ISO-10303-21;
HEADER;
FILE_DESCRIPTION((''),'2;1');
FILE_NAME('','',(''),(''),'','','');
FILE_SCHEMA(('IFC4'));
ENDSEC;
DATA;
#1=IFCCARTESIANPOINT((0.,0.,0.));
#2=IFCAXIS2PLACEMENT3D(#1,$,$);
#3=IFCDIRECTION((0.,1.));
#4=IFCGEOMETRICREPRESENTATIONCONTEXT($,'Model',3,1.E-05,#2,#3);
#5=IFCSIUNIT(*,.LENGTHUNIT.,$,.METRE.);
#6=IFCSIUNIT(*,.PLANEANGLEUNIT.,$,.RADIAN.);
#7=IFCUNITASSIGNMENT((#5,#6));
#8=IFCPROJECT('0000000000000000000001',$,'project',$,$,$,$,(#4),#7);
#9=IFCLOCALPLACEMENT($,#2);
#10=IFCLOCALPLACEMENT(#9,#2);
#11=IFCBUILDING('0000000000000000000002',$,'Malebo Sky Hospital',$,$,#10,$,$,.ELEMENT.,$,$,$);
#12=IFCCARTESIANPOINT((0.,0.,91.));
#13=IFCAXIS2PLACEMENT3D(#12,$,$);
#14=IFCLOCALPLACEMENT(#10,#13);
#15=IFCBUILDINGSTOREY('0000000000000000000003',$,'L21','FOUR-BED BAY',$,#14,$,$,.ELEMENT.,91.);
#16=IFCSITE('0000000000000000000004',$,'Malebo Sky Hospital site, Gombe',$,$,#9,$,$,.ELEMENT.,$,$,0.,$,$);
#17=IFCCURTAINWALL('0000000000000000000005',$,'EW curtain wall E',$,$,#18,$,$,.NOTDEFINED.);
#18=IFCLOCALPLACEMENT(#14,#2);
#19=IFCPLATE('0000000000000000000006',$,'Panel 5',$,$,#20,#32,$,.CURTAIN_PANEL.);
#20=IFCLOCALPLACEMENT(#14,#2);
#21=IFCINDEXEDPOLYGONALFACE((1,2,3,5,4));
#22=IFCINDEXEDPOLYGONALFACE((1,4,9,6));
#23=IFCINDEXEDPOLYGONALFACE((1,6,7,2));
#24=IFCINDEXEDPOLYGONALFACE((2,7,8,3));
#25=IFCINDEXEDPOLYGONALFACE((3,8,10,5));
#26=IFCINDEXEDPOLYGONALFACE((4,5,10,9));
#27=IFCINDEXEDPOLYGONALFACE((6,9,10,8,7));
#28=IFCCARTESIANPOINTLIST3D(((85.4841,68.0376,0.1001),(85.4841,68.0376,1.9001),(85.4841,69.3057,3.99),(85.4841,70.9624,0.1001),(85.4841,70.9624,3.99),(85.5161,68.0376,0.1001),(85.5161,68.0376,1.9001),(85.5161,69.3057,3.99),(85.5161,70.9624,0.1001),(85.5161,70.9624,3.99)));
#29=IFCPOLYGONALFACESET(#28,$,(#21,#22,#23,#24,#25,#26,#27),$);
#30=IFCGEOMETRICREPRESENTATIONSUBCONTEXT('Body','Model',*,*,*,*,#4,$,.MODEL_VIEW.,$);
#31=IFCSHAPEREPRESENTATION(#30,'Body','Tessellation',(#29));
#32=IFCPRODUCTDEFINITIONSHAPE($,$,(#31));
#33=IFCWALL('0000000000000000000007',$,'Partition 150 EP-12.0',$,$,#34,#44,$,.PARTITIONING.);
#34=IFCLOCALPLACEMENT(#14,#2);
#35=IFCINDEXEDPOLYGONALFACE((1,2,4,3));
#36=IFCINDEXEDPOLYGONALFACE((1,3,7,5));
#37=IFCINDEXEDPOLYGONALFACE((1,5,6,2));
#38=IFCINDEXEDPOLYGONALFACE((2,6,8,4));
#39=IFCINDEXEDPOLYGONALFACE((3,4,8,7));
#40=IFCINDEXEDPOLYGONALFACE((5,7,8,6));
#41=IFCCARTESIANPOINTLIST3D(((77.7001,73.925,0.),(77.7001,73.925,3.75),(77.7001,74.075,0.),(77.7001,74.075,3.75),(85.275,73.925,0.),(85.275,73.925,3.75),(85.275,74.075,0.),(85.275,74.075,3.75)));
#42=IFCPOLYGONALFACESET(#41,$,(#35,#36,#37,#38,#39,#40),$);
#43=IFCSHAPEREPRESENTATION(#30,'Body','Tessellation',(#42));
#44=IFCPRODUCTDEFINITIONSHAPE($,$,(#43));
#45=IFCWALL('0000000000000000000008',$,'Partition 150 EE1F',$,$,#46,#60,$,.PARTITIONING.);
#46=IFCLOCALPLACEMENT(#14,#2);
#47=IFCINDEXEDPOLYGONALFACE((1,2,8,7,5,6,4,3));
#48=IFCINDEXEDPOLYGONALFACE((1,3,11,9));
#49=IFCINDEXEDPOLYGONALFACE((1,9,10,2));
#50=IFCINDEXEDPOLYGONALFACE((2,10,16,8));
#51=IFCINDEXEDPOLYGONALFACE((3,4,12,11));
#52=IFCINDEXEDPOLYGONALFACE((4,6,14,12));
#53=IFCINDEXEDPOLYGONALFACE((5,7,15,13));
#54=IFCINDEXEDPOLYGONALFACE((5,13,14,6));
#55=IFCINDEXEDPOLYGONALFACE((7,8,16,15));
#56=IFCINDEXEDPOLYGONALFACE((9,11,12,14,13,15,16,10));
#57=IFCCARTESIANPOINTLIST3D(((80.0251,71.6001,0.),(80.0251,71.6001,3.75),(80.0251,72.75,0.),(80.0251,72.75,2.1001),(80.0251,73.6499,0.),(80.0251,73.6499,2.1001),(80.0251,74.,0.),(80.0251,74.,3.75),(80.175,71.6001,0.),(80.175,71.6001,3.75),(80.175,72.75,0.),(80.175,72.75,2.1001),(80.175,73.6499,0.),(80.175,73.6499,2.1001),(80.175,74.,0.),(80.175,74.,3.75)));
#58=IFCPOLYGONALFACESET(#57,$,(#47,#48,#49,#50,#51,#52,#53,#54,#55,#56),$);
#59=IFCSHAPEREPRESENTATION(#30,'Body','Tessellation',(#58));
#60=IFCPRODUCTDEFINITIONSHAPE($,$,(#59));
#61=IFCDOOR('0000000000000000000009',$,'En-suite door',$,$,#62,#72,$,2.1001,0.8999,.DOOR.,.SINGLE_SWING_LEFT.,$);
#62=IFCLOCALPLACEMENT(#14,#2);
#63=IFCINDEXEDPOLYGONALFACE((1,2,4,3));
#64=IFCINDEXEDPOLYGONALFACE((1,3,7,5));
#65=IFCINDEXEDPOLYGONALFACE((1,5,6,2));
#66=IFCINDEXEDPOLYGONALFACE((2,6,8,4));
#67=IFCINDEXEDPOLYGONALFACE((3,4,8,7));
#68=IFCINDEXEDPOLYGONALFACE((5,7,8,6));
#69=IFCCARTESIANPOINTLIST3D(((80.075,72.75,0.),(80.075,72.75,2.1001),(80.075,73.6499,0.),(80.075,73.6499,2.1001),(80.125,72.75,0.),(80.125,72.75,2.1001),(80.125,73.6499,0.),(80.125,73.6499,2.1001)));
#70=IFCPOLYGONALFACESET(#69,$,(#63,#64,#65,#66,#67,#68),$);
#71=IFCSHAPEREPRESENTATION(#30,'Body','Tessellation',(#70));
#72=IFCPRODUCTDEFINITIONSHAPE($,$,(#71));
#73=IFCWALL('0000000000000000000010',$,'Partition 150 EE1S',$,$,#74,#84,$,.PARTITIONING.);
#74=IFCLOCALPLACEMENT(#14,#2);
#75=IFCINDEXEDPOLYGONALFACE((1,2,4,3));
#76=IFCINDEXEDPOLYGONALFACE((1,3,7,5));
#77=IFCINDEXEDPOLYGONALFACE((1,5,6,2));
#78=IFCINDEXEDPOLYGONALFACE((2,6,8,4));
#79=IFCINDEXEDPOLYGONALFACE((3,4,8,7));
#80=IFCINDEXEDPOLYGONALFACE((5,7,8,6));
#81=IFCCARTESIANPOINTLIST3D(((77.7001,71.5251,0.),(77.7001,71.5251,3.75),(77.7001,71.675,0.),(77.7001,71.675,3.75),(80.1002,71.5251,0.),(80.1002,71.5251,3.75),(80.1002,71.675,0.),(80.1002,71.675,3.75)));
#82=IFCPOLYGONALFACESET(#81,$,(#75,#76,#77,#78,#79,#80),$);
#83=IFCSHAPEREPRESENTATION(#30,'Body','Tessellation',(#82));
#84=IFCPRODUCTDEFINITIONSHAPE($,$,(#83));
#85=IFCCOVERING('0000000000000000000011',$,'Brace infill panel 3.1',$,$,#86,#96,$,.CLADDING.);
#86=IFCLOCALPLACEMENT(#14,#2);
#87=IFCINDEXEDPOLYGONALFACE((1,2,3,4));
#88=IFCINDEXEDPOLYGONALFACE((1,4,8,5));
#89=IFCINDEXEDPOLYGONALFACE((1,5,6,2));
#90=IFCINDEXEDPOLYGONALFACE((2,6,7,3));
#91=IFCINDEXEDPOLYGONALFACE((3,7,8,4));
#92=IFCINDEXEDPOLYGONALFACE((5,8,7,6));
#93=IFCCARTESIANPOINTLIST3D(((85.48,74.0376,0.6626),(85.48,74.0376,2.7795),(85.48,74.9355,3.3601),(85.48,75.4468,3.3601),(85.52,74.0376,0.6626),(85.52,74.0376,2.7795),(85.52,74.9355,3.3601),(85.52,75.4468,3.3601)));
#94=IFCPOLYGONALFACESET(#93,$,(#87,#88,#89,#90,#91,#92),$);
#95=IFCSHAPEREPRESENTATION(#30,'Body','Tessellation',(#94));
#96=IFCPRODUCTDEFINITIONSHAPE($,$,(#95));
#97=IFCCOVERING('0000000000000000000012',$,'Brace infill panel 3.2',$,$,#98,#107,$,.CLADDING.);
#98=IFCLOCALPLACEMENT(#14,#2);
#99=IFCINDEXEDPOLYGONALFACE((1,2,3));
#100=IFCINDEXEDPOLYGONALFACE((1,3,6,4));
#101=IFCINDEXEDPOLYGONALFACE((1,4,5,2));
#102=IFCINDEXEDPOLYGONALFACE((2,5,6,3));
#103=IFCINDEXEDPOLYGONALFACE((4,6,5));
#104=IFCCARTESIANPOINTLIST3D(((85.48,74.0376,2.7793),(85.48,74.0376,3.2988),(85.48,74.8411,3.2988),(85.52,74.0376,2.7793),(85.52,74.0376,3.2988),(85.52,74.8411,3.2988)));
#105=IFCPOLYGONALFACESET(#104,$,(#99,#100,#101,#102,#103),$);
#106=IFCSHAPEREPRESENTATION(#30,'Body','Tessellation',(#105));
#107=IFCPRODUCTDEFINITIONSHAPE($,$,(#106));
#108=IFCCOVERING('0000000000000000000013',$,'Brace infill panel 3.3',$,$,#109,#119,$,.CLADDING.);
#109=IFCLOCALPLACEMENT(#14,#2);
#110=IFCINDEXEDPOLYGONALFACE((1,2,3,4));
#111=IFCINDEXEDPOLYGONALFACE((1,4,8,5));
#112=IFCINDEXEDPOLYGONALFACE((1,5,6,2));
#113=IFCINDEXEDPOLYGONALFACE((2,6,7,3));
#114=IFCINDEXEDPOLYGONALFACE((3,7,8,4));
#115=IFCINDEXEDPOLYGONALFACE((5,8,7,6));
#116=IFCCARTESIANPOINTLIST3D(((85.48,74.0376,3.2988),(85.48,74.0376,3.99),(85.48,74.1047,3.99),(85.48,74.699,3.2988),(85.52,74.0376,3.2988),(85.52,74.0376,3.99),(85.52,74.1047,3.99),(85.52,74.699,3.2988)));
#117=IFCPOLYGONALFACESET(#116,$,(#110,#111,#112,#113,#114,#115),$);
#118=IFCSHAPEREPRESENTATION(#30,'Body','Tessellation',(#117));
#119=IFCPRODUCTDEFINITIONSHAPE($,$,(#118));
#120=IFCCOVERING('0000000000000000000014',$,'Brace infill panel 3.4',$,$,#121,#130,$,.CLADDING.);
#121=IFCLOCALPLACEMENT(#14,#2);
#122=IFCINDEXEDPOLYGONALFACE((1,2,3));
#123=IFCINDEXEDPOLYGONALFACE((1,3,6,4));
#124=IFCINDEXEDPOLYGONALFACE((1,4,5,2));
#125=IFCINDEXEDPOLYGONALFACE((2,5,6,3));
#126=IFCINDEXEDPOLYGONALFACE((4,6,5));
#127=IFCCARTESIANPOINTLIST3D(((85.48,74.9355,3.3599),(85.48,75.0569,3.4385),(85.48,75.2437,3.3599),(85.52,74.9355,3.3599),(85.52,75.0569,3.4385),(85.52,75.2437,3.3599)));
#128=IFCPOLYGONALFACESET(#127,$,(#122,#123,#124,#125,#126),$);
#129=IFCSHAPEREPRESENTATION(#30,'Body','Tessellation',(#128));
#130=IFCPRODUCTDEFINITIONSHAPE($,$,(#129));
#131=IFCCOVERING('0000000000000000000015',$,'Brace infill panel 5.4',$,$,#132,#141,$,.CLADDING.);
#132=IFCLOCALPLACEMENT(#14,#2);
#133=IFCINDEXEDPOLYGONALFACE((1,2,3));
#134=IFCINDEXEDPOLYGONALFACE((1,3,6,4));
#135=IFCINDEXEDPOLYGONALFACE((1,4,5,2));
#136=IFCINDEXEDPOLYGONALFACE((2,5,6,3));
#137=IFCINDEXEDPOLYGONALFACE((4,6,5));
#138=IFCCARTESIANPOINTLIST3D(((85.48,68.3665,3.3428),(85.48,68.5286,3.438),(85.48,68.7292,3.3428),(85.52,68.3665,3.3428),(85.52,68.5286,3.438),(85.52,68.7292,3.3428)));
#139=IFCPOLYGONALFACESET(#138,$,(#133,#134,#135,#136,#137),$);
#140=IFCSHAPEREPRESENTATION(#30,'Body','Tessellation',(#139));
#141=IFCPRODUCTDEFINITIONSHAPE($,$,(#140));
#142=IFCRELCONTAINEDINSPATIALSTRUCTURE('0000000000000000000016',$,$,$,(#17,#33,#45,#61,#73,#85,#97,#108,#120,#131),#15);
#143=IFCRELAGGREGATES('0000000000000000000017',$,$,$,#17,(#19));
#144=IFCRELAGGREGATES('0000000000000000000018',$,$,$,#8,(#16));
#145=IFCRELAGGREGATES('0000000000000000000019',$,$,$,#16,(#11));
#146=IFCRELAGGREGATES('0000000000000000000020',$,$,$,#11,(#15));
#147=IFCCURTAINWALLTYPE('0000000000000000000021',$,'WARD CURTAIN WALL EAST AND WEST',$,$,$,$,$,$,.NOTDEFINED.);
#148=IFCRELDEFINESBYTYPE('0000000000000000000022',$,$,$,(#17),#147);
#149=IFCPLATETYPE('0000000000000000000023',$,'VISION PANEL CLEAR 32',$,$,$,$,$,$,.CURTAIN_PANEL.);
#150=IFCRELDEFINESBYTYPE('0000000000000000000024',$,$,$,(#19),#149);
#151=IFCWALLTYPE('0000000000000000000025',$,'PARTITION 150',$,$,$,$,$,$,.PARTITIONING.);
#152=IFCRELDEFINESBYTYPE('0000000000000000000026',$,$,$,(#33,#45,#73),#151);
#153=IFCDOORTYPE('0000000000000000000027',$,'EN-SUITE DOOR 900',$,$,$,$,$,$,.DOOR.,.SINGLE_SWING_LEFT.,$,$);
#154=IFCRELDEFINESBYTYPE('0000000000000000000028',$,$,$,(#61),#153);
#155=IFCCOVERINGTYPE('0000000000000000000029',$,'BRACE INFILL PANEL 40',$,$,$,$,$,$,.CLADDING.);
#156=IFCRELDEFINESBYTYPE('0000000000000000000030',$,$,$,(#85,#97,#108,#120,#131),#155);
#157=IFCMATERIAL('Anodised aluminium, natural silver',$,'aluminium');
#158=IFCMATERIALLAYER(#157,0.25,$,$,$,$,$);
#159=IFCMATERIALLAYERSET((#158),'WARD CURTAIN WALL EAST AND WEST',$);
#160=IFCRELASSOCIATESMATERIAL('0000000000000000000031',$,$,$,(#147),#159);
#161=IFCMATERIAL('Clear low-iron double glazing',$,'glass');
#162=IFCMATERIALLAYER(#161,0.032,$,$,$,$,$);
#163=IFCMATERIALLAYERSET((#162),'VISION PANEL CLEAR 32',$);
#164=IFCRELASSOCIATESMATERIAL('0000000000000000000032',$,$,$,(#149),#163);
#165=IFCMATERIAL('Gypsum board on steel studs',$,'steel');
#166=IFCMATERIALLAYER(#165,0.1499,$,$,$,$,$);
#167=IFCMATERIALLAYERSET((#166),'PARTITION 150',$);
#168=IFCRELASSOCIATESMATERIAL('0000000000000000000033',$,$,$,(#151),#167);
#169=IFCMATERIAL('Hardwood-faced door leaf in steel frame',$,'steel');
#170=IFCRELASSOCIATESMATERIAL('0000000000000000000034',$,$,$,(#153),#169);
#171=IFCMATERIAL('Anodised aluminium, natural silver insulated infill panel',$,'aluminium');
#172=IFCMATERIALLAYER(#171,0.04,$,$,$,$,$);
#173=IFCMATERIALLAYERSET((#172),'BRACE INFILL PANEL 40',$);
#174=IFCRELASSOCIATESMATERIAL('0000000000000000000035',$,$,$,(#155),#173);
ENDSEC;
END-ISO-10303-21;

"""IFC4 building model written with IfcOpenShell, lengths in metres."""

from ifc_helpers import new_model, si_unit, direction, frame, frame_2d, origin, place, context, subcontext, project, spatial, polyline, rectangle, outline, extrude, material, layer, layer_set, type_object, element, fill, aggregate, save


model = new_model("IFC4")

# Units and contexts
model_context = context("Model", 3, precision=1e-05, world=origin(), true_north=direction((0.0, 1.0)))
body_context = subcontext(model_context, "Body", "Model", "MODEL_VIEW")
ifc_project = project(units=[si_unit("LENGTHUNIT", "METRE"), si_unit("PLANEANGLEUNIT", "RADIAN")], contexts=[model_context])

# Site, building, storey
site_placement = place(None, origin())
site = spatial("IfcSite", under=ifc_project, at=site_placement, Name="Malebo Sky Hospital site, Gombe", CompositionType="ELEMENT", RefElevation=0.0)
building_placement = place(site_placement, origin())
building = spatial("IfcBuilding", under=site, at=building_placement, Name="Malebo Sky Hospital", CompositionType="ELEMENT")
storey_placement = place(building_placement, frame((0.0, 0.0, 91.0)))
storey = spatial("IfcBuildingStorey", under=building, at=storey_placement, Name="L21", Description="FOUR-BED BAY", CompositionType="ELEMENT", Elevation=91.0)

# Curtain wall
ifc_material_1 = material(Name="Anodised aluminium, natural silver", Category="aluminium")
ifc_layer_1 = layer(ifc_material_1, 0.25)
ifc_layer_set_1 = layer_set([ifc_layer_1], Name="WARD CURTAIN WALL EAST AND WEST")
curtain_wall_type = type_object("IfcCurtainWallType", Name="WARD CURTAIN WALL EAST AND WEST", PredefinedType="NOTDEFINED", material=ifc_layer_set_1)
curtain_wall_placement = place(storey_placement, origin())
curtain_wall = element("IfcCurtainWall", 1, at=curtain_wall_placement, inside=storey, type_object=curtain_wall_type, Name="EW curtain wall E", PredefinedType="NOTDEFINED")

# Plate
ifc_material_2 = material(Name="Clear low-iron double glazing", Category="glass")
ifc_layer_2 = layer(ifc_material_2, 0.032)
ifc_layer_set_2 = layer_set([ifc_layer_2], Name="VISION PANEL CLEAR 32")
plate_type = type_object("IfcPlateType", Name="VISION PANEL CLEAR 32", PredefinedType="CURTAIN_PANEL", material=ifc_layer_set_2)
plate_1_placement = place(storey_placement, frame((85.5, 69.5, 0.1001), z_axis=(0.0, 0.0, 1.0), x_axis=(0.0, -1.0, 0.0)))
plate_1 = element("IfcPlate", 2, at=plate_1_placement, type_object=plate_type, Name="Panel 5", PredefinedType="CURTAIN_PANEL", context=body_context, shape_type="SweptSolid", body=[
    extrude(outline(polyline([(-1.4624, 0.0), (1.4624, 0.0), (1.4624, 1.8), (0.1943, 3.8899), (-1.4624, 3.8899), (-1.4624, 0.0)])), frame((0.0, 0.0161, 0.0), z_axis=(0.0, -1.0, 0.0), x_axis=(1.0, 0.0, 0.0)), (0.0, 0.0, 1.0), 0.032),
])
aggregate(curtain_wall, [plate_1])

# Wall
ifc_material_3 = material(Name="Gypsum board on steel studs", Category="steel")
ifc_layer_3 = layer(ifc_material_3, 0.1499)
ifc_layer_set_3 = layer_set([ifc_layer_3], Name="PARTITION 150")
wall_type = type_object("IfcWallType", Name="PARTITION 150", PredefinedType="PARTITIONING", material=ifc_layer_set_3)
wall_1_placement = place(storey_placement, frame((77.7, 74.0, 0.0), z_axis=(0.0, 0.0, 1.0), x_axis=(1.0, 0.0, 0.0)))
element("IfcWall", 3, at=wall_1_placement, inside=storey, type_object=wall_type, Name="Partition 150 EP-12.0", PredefinedType="PARTITIONING", context=body_context, shape_type="SweptSolid", body=[
    extrude(rectangle(XDim=7.575, YDim=0.1499, at=frame_2d((3.7876, 0.0))), origin(), (0.0, 0.0, 1.0), 3.75),
])

# Wall, opening, door
wall_2_placement = place(storey_placement, frame((80.1001, 74.0, 0.0), z_axis=(0.0, 0.0, 1.0), x_axis=(0.0, -1.0, 0.0)))
wall_2 = element("IfcWall", 4, at=wall_2_placement, inside=storey, type_object=wall_type, Name="Partition 150 EE1F", PredefinedType="PARTITIONING", context=body_context, shape_type="SweptSolid", body=[
    extrude(rectangle(XDim=2.3999, YDim=0.1499, at=frame_2d((1.2, 0.0))), origin(), (0.0, 0.0, 1.0), 3.75),
])
opening_placement = place(wall_2_placement, frame((0.3501, 0.0, 0.0)))
opening = element("IfcOpeningElement", 5, at=opening_placement, cuts=wall_2, PredefinedType="OPENING", context=body_context, shape_type="SweptSolid", body=[
    extrude(rectangle(XDim=0.8999, YDim=2.1001, at=frame_2d((0.45, 1.05))), frame((0.0, 0.085, 0.0), z_axis=(0.0, -1.0, 0.0), x_axis=(1.0, 0.0, 0.0)), (0.0, 0.0, 1.0), 0.1699),
])
ifc_material_4 = material(Name="Hardwood-faced door leaf in steel frame", Category="steel")
door_type = type_object("IfcDoorType", Name="EN-SUITE DOOR 900", OperationType="SINGLE_SWING_LEFT", PredefinedType="DOOR", material=ifc_material_4)
door_placement = place(opening_placement, origin())
door = element("IfcDoor", 6, at=door_placement, inside=storey, type_object=door_type, Name="En-suite door", OperationType="SINGLE_SWING_LEFT", OverallHeight=2.1001, OverallWidth=0.8999, PredefinedType="DOOR", context=body_context, shape_type="SweptSolid", body=[
    extrude(rectangle(XDim=0.8999, YDim=2.1001, at=frame_2d((0.45, 1.05))), frame((0.0, 0.0249, 0.0), z_axis=(0.0, -1.0, 0.0), x_axis=(1.0, 0.0, 0.0)), (0.0, 0.0, 1.0), 0.05),
])
fill(opening, door)

# Wall
wall_3_placement = place(storey_placement, frame((77.7, 71.6001, 0.0), z_axis=(0.0, 0.0, 1.0), x_axis=(1.0, 0.0, 0.0)))
element("IfcWall", 7, at=wall_3_placement, inside=storey, type_object=wall_type, Name="Partition 150 EE1S", PredefinedType="PARTITIONING", context=body_context, shape_type="SweptSolid", body=[
    extrude(rectangle(XDim=2.4001, YDim=0.1499, at=frame_2d((1.2002, 0.0))), origin(), (0.0, 0.0, 1.0), 3.75),
])

# Coverings
ifc_material_5 = material(Name="Anodised aluminium, natural silver insulated infill panel", Category="aluminium")
ifc_layer_4 = layer(ifc_material_5, 0.04)
ifc_layer_set_4 = layer_set([ifc_layer_4], Name="BRACE INFILL PANEL 40")
covering_type = type_object("IfcCoveringType", Name="BRACE INFILL PANEL 40", PredefinedType="CLADDING", material=ifc_layer_set_4)
covering_1_placement = place(storey_placement, frame((85.5, 74.7422, 0.6626), z_axis=(0.0, 0.0, 1.0), x_axis=(0.0, -1.0, 0.0)))
element("IfcCovering", 8, at=covering_1_placement, inside=storey, type_object=covering_type, Name="Brace infill panel 3.1", PredefinedType="CLADDING", context=body_context, shape_type="SweptSolid", body=[
    extrude(outline(polyline([(0.7046, 0.0), (0.7046, 2.1169), (-0.1934, 2.6975), (-0.7046, 2.6975), (0.7046, 0.0)])), frame((0.0, 0.02, 0.0), z_axis=(0.0, -1.0, 0.0), x_axis=(1.0, 0.0, 0.0)), (0.0, 0.0, 1.0), 0.04),
])
covering_2_placement = place(storey_placement, frame((85.5, 74.4392, 2.7793), z_axis=(0.0, 0.0, 1.0), x_axis=(0.0, -1.0, 0.0)))
element("IfcCovering", 9, at=covering_2_placement, inside=storey, type_object=covering_type, Name="Brace infill panel 3.2", PredefinedType="CLADDING", context=body_context, shape_type="SweptSolid", body=[
    extrude(outline(polyline([(0.4016, 0.0), (0.4016, 0.5195), (-0.4019, 0.5195), (0.4016, 0.0)])), frame((0.0, 0.02, 0.0), z_axis=(0.0, -1.0, 0.0), x_axis=(1.0, 0.0, 0.0)), (0.0, 0.0, 1.0), 0.04),
])
covering_3_placement = place(storey_placement, frame((85.5, 74.3682, 3.2988), z_axis=(0.0, 0.0, 1.0), x_axis=(0.0, -1.0, 0.0)))
element("IfcCovering", 10, at=covering_3_placement, inside=storey, type_object=covering_type, Name="Brace infill panel 3.3", PredefinedType="CLADDING", context=body_context, shape_type="SweptSolid", body=[
    extrude(outline(polyline([(-0.3308, 0.0), (0.3306, 0.0), (0.3306, 0.6912), (0.2634, 0.6912), (-0.3308, 0.0)])), frame((0.0, 0.02, 0.0), z_axis=(0.0, -1.0, 0.0), x_axis=(1.0, 0.0, 0.0)), (0.0, 0.0, 1.0), 0.04),
])
covering_4_placement = place(storey_placement, frame((85.5, 75.0896, 3.3599), z_axis=(0.0, 0.0, 1.0), x_axis=(0.0, -1.0, 0.0)))
element("IfcCovering", 11, at=covering_4_placement, inside=storey, type_object=covering_type, Name="Brace infill panel 3.4", PredefinedType="CLADDING", context=body_context, shape_type="SweptSolid", body=[
    extrude(outline(polyline([(-0.1541, 0.0), (0.1541, 0.0), (0.0327, 0.0786), (-0.1541, 0.0)])), frame((0.0, 0.02, 0.0), z_axis=(0.0, -1.0, 0.0), x_axis=(1.0, 0.0, 0.0)), (0.0, 0.0, 1.0), 0.04),
])
covering_5_placement = place(storey_placement, frame((85.5, 68.5479, 3.3428), z_axis=(0.0, 0.0, 1.0), x_axis=(0.0, -1.0, 0.0)))
element("IfcCovering", 12, at=covering_5_placement, inside=storey, type_object=covering_type, Name="Brace infill panel 5.4", PredefinedType="CLADDING", context=body_context, shape_type="SweptSolid", body=[
    extrude(outline(polyline([(-0.1814, 0.0), (0.1814, 0.0), (0.0193, 0.0952), (-0.1814, 0.0)])), frame((0.0, 0.02, 0.0), z_axis=(0.0, -1.0, 0.0), x_axis=(1.0, 0.0, 0.0)), (0.0, 0.0, 1.0), 0.04),
])

save(model, "model.ifc")
